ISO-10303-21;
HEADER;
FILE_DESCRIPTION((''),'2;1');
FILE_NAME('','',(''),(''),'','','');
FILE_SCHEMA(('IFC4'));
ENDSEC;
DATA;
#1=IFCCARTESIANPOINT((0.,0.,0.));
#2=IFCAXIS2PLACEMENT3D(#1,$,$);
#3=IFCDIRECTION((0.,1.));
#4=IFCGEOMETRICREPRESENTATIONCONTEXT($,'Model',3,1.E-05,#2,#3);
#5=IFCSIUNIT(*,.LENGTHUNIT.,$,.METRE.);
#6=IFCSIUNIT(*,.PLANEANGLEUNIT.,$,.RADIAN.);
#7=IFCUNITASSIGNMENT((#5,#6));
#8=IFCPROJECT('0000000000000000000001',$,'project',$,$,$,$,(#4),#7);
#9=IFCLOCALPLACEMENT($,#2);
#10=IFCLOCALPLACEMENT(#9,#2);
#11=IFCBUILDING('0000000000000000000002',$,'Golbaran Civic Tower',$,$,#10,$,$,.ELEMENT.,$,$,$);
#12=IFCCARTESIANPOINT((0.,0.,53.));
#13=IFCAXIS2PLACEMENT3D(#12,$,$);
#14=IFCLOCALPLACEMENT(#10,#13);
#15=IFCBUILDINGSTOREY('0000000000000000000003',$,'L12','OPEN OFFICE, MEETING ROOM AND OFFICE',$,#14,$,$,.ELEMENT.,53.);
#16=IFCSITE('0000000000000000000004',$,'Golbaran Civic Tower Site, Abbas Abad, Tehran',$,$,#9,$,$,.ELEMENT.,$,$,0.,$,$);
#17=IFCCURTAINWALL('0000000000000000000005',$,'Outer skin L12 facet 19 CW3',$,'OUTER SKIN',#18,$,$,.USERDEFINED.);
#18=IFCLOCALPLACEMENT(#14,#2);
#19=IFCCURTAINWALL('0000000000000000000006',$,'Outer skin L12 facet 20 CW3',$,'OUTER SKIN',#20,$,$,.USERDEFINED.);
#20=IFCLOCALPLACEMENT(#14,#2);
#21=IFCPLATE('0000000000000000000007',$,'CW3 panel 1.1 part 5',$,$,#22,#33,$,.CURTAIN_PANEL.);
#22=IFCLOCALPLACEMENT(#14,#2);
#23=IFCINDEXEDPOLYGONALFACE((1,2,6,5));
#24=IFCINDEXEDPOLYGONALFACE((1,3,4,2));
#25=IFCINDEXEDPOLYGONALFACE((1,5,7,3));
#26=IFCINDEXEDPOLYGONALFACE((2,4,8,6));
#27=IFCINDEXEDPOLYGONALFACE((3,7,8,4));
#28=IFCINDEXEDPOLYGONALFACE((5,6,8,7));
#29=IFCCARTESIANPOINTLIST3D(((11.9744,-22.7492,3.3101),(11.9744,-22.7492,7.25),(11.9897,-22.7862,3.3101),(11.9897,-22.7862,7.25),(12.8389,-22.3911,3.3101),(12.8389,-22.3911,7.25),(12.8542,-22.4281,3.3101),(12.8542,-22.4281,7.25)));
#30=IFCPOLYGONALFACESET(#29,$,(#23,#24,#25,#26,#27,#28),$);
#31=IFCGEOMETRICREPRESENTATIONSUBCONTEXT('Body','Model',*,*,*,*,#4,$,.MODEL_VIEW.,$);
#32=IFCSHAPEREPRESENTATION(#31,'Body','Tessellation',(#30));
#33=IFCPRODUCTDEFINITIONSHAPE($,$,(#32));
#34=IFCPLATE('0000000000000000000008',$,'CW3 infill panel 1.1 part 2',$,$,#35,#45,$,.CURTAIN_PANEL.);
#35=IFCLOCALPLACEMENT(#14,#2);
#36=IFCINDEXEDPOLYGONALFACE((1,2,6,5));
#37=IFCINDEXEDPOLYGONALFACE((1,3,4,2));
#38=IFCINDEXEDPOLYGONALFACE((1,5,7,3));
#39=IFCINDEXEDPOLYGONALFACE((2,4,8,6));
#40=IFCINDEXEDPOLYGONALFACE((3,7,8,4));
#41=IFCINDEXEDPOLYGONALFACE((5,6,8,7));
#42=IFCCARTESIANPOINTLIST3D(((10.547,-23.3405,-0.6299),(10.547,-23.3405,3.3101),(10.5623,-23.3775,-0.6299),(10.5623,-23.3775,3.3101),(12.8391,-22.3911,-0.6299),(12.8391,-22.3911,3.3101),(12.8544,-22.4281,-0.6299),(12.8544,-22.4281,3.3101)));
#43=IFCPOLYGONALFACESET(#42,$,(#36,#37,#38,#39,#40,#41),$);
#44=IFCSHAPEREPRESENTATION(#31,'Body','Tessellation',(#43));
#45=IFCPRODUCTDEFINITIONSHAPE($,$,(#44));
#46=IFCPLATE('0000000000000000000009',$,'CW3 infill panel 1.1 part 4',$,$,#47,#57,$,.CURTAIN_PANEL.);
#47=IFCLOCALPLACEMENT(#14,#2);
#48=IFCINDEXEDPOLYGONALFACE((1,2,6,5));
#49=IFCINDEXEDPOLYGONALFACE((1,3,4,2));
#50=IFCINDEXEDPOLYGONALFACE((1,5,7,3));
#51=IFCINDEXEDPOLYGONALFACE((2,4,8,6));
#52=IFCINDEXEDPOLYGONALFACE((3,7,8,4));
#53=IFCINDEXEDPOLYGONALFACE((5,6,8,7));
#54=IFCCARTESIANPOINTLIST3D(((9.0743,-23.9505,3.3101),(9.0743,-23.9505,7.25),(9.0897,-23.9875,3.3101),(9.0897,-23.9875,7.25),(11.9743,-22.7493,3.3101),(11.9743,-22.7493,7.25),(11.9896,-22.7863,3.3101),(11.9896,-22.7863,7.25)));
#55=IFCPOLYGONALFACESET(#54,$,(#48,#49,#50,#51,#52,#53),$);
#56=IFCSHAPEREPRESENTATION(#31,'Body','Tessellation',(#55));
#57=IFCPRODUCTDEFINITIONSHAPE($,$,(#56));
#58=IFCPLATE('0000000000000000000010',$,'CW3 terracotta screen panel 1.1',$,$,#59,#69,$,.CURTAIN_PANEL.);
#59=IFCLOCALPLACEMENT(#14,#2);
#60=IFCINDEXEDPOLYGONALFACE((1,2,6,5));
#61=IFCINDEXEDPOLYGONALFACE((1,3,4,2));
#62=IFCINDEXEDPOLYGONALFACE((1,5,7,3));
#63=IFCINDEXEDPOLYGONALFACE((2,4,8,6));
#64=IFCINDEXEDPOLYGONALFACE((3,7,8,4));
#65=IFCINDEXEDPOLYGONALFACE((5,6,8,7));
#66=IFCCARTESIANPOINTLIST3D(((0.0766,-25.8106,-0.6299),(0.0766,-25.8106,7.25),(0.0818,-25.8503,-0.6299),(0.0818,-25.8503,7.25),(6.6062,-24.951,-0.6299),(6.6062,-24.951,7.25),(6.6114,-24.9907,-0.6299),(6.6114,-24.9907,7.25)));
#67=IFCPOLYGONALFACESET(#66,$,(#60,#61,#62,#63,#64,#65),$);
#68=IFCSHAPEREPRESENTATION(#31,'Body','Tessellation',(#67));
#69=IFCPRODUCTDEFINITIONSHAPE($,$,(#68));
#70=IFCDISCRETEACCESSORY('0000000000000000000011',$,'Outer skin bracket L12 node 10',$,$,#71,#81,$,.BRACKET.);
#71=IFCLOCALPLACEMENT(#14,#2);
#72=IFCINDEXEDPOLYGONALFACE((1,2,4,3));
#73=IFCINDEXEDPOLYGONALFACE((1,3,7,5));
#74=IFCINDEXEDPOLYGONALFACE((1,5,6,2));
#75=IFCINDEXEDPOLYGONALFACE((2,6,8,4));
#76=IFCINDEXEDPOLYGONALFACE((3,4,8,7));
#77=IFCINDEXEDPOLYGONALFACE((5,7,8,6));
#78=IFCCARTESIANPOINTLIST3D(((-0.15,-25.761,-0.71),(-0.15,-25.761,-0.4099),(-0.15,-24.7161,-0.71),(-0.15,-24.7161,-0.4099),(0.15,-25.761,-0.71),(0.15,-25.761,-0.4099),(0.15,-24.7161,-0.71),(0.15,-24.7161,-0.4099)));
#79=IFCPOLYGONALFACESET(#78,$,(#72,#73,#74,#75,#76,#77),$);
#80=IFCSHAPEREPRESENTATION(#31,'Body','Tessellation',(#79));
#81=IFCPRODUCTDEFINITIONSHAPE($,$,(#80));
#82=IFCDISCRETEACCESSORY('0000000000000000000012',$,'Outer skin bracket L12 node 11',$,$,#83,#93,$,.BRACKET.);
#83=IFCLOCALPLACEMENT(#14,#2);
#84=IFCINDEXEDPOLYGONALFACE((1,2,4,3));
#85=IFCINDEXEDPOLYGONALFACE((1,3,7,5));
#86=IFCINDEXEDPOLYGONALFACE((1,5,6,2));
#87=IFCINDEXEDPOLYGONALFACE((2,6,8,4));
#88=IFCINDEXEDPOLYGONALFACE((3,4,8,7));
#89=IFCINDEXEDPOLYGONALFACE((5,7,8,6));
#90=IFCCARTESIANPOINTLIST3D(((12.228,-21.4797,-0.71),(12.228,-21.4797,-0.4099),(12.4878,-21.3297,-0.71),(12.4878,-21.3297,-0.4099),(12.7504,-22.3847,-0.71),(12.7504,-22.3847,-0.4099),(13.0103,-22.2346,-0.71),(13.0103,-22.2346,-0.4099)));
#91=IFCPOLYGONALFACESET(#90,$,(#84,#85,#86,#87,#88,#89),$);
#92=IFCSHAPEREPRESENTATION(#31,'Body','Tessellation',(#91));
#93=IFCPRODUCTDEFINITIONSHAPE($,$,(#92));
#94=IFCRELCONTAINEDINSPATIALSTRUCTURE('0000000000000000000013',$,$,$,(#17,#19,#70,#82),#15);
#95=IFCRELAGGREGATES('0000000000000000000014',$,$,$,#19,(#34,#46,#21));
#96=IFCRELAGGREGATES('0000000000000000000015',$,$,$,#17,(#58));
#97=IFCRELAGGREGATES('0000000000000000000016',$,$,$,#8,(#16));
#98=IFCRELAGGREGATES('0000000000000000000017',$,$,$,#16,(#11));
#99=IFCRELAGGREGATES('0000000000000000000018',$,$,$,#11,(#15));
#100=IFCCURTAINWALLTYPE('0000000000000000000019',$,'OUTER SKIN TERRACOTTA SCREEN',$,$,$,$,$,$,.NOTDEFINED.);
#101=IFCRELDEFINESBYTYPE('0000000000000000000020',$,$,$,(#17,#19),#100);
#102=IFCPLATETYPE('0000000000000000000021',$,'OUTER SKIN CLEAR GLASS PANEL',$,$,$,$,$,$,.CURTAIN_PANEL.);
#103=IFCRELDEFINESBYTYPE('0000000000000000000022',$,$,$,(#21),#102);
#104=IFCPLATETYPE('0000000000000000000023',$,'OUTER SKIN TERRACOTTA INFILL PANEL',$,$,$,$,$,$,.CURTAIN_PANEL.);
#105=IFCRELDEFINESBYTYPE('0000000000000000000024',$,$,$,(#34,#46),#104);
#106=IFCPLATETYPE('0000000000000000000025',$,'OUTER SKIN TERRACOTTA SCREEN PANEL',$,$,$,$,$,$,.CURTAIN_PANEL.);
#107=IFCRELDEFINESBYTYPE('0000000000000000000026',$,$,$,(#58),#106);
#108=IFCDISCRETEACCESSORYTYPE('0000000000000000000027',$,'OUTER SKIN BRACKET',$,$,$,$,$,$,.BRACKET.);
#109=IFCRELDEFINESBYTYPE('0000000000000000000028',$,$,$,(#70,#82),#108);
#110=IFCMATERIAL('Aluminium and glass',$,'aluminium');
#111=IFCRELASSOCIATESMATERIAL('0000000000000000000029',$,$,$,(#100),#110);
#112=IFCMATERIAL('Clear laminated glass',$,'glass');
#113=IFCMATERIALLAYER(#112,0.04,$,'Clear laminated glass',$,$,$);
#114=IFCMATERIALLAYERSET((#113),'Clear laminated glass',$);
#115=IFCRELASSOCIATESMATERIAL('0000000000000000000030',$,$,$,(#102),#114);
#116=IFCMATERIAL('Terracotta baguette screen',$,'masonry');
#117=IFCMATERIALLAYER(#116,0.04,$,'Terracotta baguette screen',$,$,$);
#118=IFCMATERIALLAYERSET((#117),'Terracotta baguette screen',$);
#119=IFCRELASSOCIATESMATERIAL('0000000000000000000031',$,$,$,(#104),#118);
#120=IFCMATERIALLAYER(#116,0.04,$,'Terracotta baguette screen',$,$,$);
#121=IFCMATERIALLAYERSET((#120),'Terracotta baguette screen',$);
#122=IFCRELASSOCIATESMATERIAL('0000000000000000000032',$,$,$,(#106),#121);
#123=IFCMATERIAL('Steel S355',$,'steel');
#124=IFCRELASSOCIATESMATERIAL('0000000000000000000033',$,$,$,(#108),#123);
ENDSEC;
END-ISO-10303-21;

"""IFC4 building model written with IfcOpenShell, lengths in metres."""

from ifc_helpers import new_model, si_unit, direction, frame, origin, origin_2d, place, context, subcontext, project, spatial, rectangle, extrude, material, layer, layer_set, type_object, element, aggregate, save


model = new_model("IFC4")

# Units and contexts
model_context = context("Model", 3, precision=1e-05, world=origin(), true_north=direction((0.0, 1.0)))
body_context = subcontext(model_context, "Body", "Model", "MODEL_VIEW")
ifc_project = project(units=[si_unit("LENGTHUNIT", "METRE"), si_unit("PLANEANGLEUNIT", "RADIAN")], contexts=[model_context])

# Site, building, storey
site_placement = place(None, origin())
site = spatial("IfcSite", under=ifc_project, at=site_placement, Name="Golbaran Civic Tower Site, Abbas Abad, Tehran", CompositionType="ELEMENT", RefElevation=0.0)
building_placement = place(site_placement, origin())
building = spatial("IfcBuilding", under=site, at=building_placement, Name="Golbaran Civic Tower", CompositionType="ELEMENT")
storey_placement = place(building_placement, frame((0.0, 0.0, 53.0)))
storey = spatial("IfcBuildingStorey", under=building, at=storey_placement, Name="L12", Description="OPEN OFFICE, MEETING ROOM AND OFFICE", CompositionType="ELEMENT", Elevation=53.0)

# Shared definitions
ifc_material_1 = material(Name="Steel S355", Category="steel")

# Shared definitions
ifc_material_2 = material(Name="Aluminium and glass", Category="aluminium")

# Curtain walls
curtain_wall_type_1 = type_object("IfcCurtainWallType", Name="OUTER SKIN TERRACOTTA SCREEN", PredefinedType="NOTDEFINED", material=ifc_material_2)
curtain_wall_1_placement = place(storey_placement, origin())
curtain_wall_1 = element("IfcCurtainWall", 1, at=curtain_wall_1_placement, inside=storey, type_object=curtain_wall_type_1, Name="Outer skin L12 facet 19 CW3", ObjectType="OUTER SKIN", PredefinedType="USERDEFINED")
curtain_wall_2_placement = place(storey_placement, origin())
curtain_wall_2 = element("IfcCurtainWall", 2, at=curtain_wall_2_placement, inside=storey, type_object=curtain_wall_type_1, Name="Outer skin L12 facet 20 CW3", ObjectType="OUTER SKIN", PredefinedType="USERDEFINED")

# Plates
ifc_material_3 = material(Name="Clear laminated glass", Category="glass")
ifc_layer_1 = layer(ifc_material_3, 0.04, Name="Clear laminated glass")
ifc_layer_set_1 = layer_set([ifc_layer_1], Name="Clear laminated glass")
plate_type_1 = type_object("IfcPlateType", Name="OUTER SKIN CLEAR GLASS PANEL", PredefinedType="CURTAIN_PANEL", material=ifc_layer_set_1)
plate_1_placement = place(storey_placement, frame((12.4143, -22.5886, 3.3101), z_axis=(0.0, 0.0, 1.0), x_axis=(0.92388, 0.382683, 0.0)))
plate_1 = element("IfcPlate", 3, at=plate_1_placement, type_object=plate_type_1, Name="CW3 panel 1.1 part 5", PredefinedType="CURTAIN_PANEL", context=body_context, shape_type="SweptSolid", body=[
    extrude(rectangle(XDim=0.9358, YDim=0.04, at=origin_2d()), origin(), (0.0, 0.0, 1.0), 3.9399),
])
ifc_material_4 = material(Name="Terracotta baguette screen", Category="masonry")
ifc_layer_2 = layer(ifc_material_4, 0.04, Name="Terracotta baguette screen")
ifc_layer_set_2 = layer_set([ifc_layer_2], Name="Terracotta baguette screen")
plate_type_2 = type_object("IfcPlateType", Name="OUTER SKIN TERRACOTTA INFILL PANEL", PredefinedType="CURTAIN_PANEL", material=ifc_layer_set_2)
plate_2_placement = place(storey_placement, frame((11.7007, -22.8843, -0.6299), z_axis=(0.0, 0.0, 1.0), x_axis=(0.92388, 0.382683, 0.0)))
plate_2 = element("IfcPlate", 4, at=plate_2_placement, type_object=plate_type_2, Name="CW3 infill panel 1.1 part 2", PredefinedType="CURTAIN_PANEL", context=body_context, shape_type="SweptSolid", body=[
    extrude(rectangle(XDim=2.481, YDim=0.04, at=origin_2d()), origin(), (0.0, 0.0, 1.0), 3.9399),
])
plate_3_placement = place(storey_placement, frame((10.532, -23.3684, 3.3101), z_axis=(0.0, 0.0, 1.0), x_axis=(0.92388, 0.382683, 0.0)))
plate_3 = element("IfcPlate", 5, at=plate_3_placement, type_object=plate_type_2, Name="CW3 infill panel 1.1 part 4", PredefinedType="CURTAIN_PANEL", context=body_context, shape_type="SweptSolid", body=[
    extrude(rectangle(XDim=3.1389, YDim=0.04, at=origin_2d()), origin(), (0.0, 0.0, 1.0), 3.9399),
])
aggregate(curtain_wall_2, [plate_2, plate_3, plate_1])
ifc_layer_3 = layer(ifc_material_4, 0.04, Name="Terracotta baguette screen")
ifc_layer_set_3 = layer_set([ifc_layer_3], Name="Terracotta baguette screen")
plate_type_3 = type_object("IfcPlateType", Name="OUTER SKIN TERRACOTTA SCREEN PANEL", PredefinedType="CURTAIN_PANEL", material=ifc_layer_set_3)
plate_4_placement = place(storey_placement, frame((3.344, -25.4006, -0.6299), z_axis=(0.0, 0.0, 1.0), x_axis=(0.991445, 0.130526, 0.0)))
plate_4 = element("IfcPlate", 6, at=plate_4_placement, type_object=plate_type_3, Name="CW3 terracotta screen panel 1.1", PredefinedType="CURTAIN_PANEL", context=body_context, shape_type="SweptSolid", body=[
    extrude(rectangle(XDim=6.5859, YDim=0.04, at=origin_2d()), origin(), (0.0, 0.0, 1.0), 7.8799),
])
aggregate(curtain_wall_1, [plate_4])

# Discrete accessories
discrete_accessory_type = type_object("IfcDiscreteAccessoryType", Name="OUTER SKIN BRACKET", PredefinedType="BRACKET", material=ifc_material_1)
for number, where, z_axis, x_axis, name in (
    (7, (0.0, -25.2385, -0.71), (0.0, 0.0, 1.0), (0.0, -1.0, 0.0), "Outer skin bracket L12 node 10"),
    (8, (12.6191, -21.8572, -0.71), (0.0, 0.0, 1.0), (0.5, -0.866025, 0.0), "Outer skin bracket L12 node 11"),
):
    element("IfcDiscreteAccessory", number, at=place(storey_placement, frame(where, z_axis=z_axis, x_axis=x_axis)), inside=storey, type_object=discrete_accessory_type, Name=name, PredefinedType="BRACKET", context=body_context, shape_type="SweptSolid", body=[
        extrude(rectangle(XDim=1.0449, YDim=0.3, at=origin_2d()), origin(), (0.0, 0.0, 1.0), 0.3),
    ])

save(model, "model.ifc")
